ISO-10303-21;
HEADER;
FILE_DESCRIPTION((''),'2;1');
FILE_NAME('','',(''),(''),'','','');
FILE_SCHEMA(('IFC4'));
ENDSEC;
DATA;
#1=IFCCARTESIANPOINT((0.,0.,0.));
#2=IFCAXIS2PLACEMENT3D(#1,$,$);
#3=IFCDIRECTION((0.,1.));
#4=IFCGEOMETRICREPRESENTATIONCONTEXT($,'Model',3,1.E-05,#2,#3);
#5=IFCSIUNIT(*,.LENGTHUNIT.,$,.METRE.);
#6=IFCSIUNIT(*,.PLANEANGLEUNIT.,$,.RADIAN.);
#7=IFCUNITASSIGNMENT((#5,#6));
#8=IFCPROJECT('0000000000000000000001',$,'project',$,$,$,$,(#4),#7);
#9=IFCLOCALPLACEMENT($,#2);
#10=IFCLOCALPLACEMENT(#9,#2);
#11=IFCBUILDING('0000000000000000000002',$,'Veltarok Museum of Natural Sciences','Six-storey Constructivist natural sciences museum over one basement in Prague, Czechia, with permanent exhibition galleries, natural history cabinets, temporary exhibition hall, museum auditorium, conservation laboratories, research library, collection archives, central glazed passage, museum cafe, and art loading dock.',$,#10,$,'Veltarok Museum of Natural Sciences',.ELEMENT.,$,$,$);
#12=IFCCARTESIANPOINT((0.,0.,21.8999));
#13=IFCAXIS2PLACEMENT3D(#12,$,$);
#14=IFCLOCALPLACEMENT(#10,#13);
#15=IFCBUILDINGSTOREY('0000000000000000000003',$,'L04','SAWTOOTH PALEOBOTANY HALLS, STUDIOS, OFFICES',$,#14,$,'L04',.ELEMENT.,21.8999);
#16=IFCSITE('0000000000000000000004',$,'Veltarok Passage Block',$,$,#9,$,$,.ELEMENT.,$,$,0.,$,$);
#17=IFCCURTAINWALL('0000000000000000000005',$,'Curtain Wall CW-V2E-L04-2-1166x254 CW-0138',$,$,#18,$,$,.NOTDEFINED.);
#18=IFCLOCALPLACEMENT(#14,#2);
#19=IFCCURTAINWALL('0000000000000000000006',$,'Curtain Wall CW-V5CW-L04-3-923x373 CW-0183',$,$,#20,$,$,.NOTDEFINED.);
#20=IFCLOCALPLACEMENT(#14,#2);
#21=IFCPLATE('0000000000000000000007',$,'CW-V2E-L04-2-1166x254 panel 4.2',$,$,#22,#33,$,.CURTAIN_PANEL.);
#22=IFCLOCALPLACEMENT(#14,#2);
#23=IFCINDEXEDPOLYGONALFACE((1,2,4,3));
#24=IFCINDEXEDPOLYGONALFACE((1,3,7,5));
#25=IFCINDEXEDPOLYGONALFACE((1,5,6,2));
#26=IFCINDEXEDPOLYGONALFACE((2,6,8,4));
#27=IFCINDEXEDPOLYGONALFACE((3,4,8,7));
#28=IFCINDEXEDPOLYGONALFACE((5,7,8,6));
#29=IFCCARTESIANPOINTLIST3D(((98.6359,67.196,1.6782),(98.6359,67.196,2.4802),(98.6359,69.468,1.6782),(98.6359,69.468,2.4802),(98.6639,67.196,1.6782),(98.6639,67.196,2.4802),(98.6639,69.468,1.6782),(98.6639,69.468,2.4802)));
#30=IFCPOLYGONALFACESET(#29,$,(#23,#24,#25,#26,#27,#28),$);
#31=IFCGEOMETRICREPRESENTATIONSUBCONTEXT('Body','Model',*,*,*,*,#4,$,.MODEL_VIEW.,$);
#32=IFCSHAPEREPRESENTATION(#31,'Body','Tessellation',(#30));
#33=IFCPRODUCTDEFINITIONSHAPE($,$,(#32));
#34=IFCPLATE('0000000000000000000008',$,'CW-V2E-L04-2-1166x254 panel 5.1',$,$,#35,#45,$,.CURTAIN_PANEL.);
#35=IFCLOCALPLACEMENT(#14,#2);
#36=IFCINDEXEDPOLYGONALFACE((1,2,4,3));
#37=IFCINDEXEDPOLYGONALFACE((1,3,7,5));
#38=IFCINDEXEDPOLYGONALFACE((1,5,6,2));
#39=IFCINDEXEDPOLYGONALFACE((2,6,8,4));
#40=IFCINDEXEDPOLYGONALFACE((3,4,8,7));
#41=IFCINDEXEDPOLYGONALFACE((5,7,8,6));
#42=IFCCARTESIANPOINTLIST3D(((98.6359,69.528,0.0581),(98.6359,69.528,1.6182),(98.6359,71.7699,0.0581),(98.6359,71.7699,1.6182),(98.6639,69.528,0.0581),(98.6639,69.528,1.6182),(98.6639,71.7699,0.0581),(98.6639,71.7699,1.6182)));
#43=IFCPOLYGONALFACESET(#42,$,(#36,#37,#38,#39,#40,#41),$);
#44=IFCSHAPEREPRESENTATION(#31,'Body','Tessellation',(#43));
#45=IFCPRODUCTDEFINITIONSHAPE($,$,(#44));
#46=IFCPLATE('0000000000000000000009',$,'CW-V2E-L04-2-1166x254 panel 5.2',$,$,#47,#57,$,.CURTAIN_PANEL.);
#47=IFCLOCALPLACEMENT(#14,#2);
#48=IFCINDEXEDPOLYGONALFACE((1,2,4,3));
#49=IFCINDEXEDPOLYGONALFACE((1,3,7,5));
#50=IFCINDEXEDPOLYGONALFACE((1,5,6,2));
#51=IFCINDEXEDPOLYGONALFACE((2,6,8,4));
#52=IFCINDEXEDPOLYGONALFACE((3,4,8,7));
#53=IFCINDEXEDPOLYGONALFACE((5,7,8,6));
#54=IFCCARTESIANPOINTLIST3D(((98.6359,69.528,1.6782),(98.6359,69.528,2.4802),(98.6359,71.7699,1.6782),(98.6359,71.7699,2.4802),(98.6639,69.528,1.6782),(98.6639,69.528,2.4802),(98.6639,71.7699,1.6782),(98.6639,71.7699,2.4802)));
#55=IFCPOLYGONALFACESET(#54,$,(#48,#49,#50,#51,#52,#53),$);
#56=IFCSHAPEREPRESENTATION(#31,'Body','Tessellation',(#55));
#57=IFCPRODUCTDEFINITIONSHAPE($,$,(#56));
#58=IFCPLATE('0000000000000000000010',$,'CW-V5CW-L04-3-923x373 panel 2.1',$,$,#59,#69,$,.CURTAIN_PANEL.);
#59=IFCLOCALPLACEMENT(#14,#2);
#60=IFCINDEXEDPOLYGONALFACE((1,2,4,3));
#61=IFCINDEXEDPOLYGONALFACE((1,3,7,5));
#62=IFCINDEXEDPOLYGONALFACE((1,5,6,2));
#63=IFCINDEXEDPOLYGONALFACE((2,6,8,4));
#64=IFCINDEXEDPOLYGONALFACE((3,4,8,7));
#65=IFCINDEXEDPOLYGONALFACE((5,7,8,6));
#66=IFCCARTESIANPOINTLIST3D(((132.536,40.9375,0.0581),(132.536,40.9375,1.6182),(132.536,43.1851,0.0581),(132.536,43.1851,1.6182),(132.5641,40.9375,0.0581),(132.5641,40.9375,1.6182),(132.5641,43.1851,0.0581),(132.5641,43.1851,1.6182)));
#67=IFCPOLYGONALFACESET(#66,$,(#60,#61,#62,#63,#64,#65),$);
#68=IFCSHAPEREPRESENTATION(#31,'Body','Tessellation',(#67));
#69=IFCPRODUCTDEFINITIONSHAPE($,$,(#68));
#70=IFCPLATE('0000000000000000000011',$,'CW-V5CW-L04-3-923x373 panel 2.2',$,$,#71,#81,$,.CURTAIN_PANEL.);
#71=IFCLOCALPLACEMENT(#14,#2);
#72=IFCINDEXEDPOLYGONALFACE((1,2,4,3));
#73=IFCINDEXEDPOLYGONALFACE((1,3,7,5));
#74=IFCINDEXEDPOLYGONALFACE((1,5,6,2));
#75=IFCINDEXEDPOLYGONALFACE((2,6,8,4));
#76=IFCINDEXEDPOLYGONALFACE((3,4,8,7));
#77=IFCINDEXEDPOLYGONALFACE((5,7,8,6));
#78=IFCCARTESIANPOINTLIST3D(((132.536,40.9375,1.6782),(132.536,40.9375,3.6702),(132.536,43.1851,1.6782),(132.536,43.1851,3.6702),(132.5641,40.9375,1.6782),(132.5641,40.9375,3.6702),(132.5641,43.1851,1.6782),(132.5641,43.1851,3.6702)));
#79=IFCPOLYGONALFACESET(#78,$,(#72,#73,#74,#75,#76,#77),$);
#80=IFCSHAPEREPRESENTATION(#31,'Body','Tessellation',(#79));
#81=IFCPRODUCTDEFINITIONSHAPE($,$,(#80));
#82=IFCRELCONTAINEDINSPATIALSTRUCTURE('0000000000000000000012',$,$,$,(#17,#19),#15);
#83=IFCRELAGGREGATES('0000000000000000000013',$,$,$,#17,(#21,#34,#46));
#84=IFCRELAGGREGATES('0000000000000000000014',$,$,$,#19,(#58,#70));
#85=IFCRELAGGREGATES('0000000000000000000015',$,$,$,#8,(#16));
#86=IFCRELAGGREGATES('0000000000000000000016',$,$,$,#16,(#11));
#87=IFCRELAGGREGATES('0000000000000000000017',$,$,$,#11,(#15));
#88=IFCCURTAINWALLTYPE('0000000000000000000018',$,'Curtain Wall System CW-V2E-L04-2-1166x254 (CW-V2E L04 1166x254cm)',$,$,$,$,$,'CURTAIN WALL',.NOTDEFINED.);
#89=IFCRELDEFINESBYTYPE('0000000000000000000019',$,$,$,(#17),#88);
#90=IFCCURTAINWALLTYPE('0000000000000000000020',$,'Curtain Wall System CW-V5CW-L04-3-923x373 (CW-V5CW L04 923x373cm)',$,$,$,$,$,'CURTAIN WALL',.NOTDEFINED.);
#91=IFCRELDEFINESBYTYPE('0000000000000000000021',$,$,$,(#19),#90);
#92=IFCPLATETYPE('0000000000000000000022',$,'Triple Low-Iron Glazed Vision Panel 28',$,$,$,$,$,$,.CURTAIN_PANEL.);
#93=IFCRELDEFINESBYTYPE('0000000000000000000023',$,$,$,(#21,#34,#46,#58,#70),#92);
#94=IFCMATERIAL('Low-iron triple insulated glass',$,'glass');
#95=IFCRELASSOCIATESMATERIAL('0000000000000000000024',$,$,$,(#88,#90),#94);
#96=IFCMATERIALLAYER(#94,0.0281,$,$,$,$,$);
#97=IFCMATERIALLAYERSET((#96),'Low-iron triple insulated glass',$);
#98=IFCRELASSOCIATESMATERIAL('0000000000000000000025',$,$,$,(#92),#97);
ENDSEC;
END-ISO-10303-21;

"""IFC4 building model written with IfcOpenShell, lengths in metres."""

from ifc_helpers import new_model, si_unit, direction, frame, origin, origin_2d, place, context, subcontext, project, spatial, rectangle, extrude, material, layer, layer_set, type_object, element, aggregate, save


model = new_model("IFC4")

# Units and contexts
model_context = context("Model", 3, precision=1e-05, world=origin(), true_north=direction((0.0, 1.0)))
body_context = subcontext(model_context, "Body", "Model", "MODEL_VIEW")
ifc_project = project(units=[si_unit("LENGTHUNIT", "METRE"), si_unit("PLANEANGLEUNIT", "RADIAN")], contexts=[model_context])

# Site, building, storey
site_placement = place(None, origin())
site = spatial("IfcSite", under=ifc_project, at=site_placement, Name="Veltarok Passage Block", CompositionType="ELEMENT", RefElevation=0.0)
building_placement = place(site_placement, origin())
building = spatial("IfcBuilding", under=site, at=building_placement, Name="Veltarok Museum of Natural Sciences", Description="Six-storey Constructivist natural sciences museum over one basement in Prague, Czechia, with permanent exhibition galleries, natural history cabinets, temporary exhibition hall, museum auditorium, conservation laboratories, research library, collection archives, central glazed passage, museum cafe, and art loading dock.", LongName="Veltarok Museum of Natural Sciences", CompositionType="ELEMENT")
storey_placement = place(building_placement, frame((0.0, 0.0, 21.8999)))
storey = spatial("IfcBuildingStorey", under=building, at=storey_placement, Name="L04", Description="SAWTOOTH PALEOBOTANY HALLS, STUDIOS, OFFICES", LongName="L04", CompositionType="ELEMENT", Elevation=21.8999)

# Curtain wall
ifc_material_1 = material(Name="Low-iron triple insulated glass", Category="glass")
curtain_wall_type_1 = type_object("IfcCurtainWallType", Name="Curtain Wall System CW-V2E-L04-2-1166x254 (CW-V2E L04 1166x254cm)", ElementType="CURTAIN WALL", PredefinedType="NOTDEFINED", material=ifc_material_1)
curtain_wall_1_placement = place(storey_placement, origin())
curtain_wall_1 = element("IfcCurtainWall", 1, at=curtain_wall_1_placement, inside=storey, type_object=curtain_wall_type_1, Name="Curtain Wall CW-V2E-L04-2-1166x254 CW-0138", PredefinedType="NOTDEFINED")

# Curtain wall
curtain_wall_type_2 = type_object("IfcCurtainWallType", Name="Curtain Wall System CW-V5CW-L04-3-923x373 (CW-V5CW L04 923x373cm)", ElementType="CURTAIN WALL", PredefinedType="NOTDEFINED", material=ifc_material_1)
curtain_wall_2_placement = place(storey_placement, origin())
curtain_wall_2 = element("IfcCurtainWall", 2, at=curtain_wall_2_placement, inside=storey, type_object=curtain_wall_type_2, Name="Curtain Wall CW-V5CW-L04-3-923x373 CW-0183", PredefinedType="NOTDEFINED")

# Plates
ifc_layer_1 = layer(ifc_material_1, 0.0281)
ifc_layer_set_1 = layer_set([ifc_layer_1], Name="Low-iron triple insulated glass")
plate_type_1 = type_object("IfcPlateType", Name="Triple Low-Iron Glazed Vision Panel 28", PredefinedType="CURTAIN_PANEL", material=ifc_layer_set_1)
plate_1_placement = place(storey_placement, frame((98.6499, 68.332, 1.6782), z_axis=(0.0, 0.0, 1.0), x_axis=(0.0, 1.0, 0.0)))
plate_1 = element("IfcPlate", 3, at=plate_1_placement, type_object=plate_type_1, Name="CW-V2E-L04-2-1166x254 panel 4.2", PredefinedType="CURTAIN_PANEL", context=body_context, shape_type="SweptSolid", body=[
    extrude(rectangle(XDim=2.272, YDim=0.0281, at=origin_2d()), origin(), (0.0, 0.0, 1.0), 0.802),
])
plate_2_placement = place(storey_placement, frame((98.6499, 70.6489, 0.0581), z_axis=(0.0, 0.0, 1.0), x_axis=(0.0, 1.0, 0.0)))
plate_2 = element("IfcPlate", 4, at=plate_2_placement, type_object=plate_type_1, Name="CW-V2E-L04-2-1166x254 panel 5.1", PredefinedType="CURTAIN_PANEL", context=body_context, shape_type="SweptSolid", body=[
    extrude(rectangle(XDim=2.2419, YDim=0.0281, at=origin_2d()), origin(), (0.0, 0.0, 1.0), 1.5601),
])
plate_3_placement = place(storey_placement, frame((98.6499, 70.6489, 1.6782), z_axis=(0.0, 0.0, 1.0), x_axis=(0.0, 1.0, 0.0)))
plate_3 = element("IfcPlate", 5, at=plate_3_placement, type_object=plate_type_1, Name="CW-V2E-L04-2-1166x254 panel 5.2", PredefinedType="CURTAIN_PANEL", context=body_context, shape_type="SweptSolid", body=[
    extrude(rectangle(XDim=2.2419, YDim=0.0281, at=origin_2d()), origin(), (0.0, 0.0, 1.0), 0.802),
])
aggregate(curtain_wall_1, [plate_1, plate_2, plate_3])
plate_4_placement = place(storey_placement, frame((132.55, 42.0613, 0.0581), z_axis=(0.0, 0.0, 1.0), x_axis=(0.0, 1.0, 0.0)))
plate_4 = element("IfcPlate", 6, at=plate_4_placement, type_object=plate_type_1, Name="CW-V5CW-L04-3-923x373 panel 2.1", PredefinedType="CURTAIN_PANEL", context=body_context, shape_type="SweptSolid", body=[
    extrude(rectangle(XDim=2.2476, YDim=0.0281, at=origin_2d()), origin(), (0.0, 0.0, 1.0), 1.5601),
])
plate_5_placement = place(storey_placement, frame((132.55, 42.0613, 1.6782), z_axis=(0.0, 0.0, 1.0), x_axis=(0.0, 1.0, 0.0)))
plate_5 = element("IfcPlate", 7, at=plate_5_placement, type_object=plate_type_1, Name="CW-V5CW-L04-3-923x373 panel 2.2", PredefinedType="CURTAIN_PANEL", context=body_context, shape_type="SweptSolid", body=[
    extrude(rectangle(XDim=2.2476, YDim=0.0281, at=origin_2d()), origin(), (0.0, 0.0, 1.0), 1.9919),
])
aggregate(curtain_wall_2, [plate_4, plate_5])

save(model, "model.ifc")
